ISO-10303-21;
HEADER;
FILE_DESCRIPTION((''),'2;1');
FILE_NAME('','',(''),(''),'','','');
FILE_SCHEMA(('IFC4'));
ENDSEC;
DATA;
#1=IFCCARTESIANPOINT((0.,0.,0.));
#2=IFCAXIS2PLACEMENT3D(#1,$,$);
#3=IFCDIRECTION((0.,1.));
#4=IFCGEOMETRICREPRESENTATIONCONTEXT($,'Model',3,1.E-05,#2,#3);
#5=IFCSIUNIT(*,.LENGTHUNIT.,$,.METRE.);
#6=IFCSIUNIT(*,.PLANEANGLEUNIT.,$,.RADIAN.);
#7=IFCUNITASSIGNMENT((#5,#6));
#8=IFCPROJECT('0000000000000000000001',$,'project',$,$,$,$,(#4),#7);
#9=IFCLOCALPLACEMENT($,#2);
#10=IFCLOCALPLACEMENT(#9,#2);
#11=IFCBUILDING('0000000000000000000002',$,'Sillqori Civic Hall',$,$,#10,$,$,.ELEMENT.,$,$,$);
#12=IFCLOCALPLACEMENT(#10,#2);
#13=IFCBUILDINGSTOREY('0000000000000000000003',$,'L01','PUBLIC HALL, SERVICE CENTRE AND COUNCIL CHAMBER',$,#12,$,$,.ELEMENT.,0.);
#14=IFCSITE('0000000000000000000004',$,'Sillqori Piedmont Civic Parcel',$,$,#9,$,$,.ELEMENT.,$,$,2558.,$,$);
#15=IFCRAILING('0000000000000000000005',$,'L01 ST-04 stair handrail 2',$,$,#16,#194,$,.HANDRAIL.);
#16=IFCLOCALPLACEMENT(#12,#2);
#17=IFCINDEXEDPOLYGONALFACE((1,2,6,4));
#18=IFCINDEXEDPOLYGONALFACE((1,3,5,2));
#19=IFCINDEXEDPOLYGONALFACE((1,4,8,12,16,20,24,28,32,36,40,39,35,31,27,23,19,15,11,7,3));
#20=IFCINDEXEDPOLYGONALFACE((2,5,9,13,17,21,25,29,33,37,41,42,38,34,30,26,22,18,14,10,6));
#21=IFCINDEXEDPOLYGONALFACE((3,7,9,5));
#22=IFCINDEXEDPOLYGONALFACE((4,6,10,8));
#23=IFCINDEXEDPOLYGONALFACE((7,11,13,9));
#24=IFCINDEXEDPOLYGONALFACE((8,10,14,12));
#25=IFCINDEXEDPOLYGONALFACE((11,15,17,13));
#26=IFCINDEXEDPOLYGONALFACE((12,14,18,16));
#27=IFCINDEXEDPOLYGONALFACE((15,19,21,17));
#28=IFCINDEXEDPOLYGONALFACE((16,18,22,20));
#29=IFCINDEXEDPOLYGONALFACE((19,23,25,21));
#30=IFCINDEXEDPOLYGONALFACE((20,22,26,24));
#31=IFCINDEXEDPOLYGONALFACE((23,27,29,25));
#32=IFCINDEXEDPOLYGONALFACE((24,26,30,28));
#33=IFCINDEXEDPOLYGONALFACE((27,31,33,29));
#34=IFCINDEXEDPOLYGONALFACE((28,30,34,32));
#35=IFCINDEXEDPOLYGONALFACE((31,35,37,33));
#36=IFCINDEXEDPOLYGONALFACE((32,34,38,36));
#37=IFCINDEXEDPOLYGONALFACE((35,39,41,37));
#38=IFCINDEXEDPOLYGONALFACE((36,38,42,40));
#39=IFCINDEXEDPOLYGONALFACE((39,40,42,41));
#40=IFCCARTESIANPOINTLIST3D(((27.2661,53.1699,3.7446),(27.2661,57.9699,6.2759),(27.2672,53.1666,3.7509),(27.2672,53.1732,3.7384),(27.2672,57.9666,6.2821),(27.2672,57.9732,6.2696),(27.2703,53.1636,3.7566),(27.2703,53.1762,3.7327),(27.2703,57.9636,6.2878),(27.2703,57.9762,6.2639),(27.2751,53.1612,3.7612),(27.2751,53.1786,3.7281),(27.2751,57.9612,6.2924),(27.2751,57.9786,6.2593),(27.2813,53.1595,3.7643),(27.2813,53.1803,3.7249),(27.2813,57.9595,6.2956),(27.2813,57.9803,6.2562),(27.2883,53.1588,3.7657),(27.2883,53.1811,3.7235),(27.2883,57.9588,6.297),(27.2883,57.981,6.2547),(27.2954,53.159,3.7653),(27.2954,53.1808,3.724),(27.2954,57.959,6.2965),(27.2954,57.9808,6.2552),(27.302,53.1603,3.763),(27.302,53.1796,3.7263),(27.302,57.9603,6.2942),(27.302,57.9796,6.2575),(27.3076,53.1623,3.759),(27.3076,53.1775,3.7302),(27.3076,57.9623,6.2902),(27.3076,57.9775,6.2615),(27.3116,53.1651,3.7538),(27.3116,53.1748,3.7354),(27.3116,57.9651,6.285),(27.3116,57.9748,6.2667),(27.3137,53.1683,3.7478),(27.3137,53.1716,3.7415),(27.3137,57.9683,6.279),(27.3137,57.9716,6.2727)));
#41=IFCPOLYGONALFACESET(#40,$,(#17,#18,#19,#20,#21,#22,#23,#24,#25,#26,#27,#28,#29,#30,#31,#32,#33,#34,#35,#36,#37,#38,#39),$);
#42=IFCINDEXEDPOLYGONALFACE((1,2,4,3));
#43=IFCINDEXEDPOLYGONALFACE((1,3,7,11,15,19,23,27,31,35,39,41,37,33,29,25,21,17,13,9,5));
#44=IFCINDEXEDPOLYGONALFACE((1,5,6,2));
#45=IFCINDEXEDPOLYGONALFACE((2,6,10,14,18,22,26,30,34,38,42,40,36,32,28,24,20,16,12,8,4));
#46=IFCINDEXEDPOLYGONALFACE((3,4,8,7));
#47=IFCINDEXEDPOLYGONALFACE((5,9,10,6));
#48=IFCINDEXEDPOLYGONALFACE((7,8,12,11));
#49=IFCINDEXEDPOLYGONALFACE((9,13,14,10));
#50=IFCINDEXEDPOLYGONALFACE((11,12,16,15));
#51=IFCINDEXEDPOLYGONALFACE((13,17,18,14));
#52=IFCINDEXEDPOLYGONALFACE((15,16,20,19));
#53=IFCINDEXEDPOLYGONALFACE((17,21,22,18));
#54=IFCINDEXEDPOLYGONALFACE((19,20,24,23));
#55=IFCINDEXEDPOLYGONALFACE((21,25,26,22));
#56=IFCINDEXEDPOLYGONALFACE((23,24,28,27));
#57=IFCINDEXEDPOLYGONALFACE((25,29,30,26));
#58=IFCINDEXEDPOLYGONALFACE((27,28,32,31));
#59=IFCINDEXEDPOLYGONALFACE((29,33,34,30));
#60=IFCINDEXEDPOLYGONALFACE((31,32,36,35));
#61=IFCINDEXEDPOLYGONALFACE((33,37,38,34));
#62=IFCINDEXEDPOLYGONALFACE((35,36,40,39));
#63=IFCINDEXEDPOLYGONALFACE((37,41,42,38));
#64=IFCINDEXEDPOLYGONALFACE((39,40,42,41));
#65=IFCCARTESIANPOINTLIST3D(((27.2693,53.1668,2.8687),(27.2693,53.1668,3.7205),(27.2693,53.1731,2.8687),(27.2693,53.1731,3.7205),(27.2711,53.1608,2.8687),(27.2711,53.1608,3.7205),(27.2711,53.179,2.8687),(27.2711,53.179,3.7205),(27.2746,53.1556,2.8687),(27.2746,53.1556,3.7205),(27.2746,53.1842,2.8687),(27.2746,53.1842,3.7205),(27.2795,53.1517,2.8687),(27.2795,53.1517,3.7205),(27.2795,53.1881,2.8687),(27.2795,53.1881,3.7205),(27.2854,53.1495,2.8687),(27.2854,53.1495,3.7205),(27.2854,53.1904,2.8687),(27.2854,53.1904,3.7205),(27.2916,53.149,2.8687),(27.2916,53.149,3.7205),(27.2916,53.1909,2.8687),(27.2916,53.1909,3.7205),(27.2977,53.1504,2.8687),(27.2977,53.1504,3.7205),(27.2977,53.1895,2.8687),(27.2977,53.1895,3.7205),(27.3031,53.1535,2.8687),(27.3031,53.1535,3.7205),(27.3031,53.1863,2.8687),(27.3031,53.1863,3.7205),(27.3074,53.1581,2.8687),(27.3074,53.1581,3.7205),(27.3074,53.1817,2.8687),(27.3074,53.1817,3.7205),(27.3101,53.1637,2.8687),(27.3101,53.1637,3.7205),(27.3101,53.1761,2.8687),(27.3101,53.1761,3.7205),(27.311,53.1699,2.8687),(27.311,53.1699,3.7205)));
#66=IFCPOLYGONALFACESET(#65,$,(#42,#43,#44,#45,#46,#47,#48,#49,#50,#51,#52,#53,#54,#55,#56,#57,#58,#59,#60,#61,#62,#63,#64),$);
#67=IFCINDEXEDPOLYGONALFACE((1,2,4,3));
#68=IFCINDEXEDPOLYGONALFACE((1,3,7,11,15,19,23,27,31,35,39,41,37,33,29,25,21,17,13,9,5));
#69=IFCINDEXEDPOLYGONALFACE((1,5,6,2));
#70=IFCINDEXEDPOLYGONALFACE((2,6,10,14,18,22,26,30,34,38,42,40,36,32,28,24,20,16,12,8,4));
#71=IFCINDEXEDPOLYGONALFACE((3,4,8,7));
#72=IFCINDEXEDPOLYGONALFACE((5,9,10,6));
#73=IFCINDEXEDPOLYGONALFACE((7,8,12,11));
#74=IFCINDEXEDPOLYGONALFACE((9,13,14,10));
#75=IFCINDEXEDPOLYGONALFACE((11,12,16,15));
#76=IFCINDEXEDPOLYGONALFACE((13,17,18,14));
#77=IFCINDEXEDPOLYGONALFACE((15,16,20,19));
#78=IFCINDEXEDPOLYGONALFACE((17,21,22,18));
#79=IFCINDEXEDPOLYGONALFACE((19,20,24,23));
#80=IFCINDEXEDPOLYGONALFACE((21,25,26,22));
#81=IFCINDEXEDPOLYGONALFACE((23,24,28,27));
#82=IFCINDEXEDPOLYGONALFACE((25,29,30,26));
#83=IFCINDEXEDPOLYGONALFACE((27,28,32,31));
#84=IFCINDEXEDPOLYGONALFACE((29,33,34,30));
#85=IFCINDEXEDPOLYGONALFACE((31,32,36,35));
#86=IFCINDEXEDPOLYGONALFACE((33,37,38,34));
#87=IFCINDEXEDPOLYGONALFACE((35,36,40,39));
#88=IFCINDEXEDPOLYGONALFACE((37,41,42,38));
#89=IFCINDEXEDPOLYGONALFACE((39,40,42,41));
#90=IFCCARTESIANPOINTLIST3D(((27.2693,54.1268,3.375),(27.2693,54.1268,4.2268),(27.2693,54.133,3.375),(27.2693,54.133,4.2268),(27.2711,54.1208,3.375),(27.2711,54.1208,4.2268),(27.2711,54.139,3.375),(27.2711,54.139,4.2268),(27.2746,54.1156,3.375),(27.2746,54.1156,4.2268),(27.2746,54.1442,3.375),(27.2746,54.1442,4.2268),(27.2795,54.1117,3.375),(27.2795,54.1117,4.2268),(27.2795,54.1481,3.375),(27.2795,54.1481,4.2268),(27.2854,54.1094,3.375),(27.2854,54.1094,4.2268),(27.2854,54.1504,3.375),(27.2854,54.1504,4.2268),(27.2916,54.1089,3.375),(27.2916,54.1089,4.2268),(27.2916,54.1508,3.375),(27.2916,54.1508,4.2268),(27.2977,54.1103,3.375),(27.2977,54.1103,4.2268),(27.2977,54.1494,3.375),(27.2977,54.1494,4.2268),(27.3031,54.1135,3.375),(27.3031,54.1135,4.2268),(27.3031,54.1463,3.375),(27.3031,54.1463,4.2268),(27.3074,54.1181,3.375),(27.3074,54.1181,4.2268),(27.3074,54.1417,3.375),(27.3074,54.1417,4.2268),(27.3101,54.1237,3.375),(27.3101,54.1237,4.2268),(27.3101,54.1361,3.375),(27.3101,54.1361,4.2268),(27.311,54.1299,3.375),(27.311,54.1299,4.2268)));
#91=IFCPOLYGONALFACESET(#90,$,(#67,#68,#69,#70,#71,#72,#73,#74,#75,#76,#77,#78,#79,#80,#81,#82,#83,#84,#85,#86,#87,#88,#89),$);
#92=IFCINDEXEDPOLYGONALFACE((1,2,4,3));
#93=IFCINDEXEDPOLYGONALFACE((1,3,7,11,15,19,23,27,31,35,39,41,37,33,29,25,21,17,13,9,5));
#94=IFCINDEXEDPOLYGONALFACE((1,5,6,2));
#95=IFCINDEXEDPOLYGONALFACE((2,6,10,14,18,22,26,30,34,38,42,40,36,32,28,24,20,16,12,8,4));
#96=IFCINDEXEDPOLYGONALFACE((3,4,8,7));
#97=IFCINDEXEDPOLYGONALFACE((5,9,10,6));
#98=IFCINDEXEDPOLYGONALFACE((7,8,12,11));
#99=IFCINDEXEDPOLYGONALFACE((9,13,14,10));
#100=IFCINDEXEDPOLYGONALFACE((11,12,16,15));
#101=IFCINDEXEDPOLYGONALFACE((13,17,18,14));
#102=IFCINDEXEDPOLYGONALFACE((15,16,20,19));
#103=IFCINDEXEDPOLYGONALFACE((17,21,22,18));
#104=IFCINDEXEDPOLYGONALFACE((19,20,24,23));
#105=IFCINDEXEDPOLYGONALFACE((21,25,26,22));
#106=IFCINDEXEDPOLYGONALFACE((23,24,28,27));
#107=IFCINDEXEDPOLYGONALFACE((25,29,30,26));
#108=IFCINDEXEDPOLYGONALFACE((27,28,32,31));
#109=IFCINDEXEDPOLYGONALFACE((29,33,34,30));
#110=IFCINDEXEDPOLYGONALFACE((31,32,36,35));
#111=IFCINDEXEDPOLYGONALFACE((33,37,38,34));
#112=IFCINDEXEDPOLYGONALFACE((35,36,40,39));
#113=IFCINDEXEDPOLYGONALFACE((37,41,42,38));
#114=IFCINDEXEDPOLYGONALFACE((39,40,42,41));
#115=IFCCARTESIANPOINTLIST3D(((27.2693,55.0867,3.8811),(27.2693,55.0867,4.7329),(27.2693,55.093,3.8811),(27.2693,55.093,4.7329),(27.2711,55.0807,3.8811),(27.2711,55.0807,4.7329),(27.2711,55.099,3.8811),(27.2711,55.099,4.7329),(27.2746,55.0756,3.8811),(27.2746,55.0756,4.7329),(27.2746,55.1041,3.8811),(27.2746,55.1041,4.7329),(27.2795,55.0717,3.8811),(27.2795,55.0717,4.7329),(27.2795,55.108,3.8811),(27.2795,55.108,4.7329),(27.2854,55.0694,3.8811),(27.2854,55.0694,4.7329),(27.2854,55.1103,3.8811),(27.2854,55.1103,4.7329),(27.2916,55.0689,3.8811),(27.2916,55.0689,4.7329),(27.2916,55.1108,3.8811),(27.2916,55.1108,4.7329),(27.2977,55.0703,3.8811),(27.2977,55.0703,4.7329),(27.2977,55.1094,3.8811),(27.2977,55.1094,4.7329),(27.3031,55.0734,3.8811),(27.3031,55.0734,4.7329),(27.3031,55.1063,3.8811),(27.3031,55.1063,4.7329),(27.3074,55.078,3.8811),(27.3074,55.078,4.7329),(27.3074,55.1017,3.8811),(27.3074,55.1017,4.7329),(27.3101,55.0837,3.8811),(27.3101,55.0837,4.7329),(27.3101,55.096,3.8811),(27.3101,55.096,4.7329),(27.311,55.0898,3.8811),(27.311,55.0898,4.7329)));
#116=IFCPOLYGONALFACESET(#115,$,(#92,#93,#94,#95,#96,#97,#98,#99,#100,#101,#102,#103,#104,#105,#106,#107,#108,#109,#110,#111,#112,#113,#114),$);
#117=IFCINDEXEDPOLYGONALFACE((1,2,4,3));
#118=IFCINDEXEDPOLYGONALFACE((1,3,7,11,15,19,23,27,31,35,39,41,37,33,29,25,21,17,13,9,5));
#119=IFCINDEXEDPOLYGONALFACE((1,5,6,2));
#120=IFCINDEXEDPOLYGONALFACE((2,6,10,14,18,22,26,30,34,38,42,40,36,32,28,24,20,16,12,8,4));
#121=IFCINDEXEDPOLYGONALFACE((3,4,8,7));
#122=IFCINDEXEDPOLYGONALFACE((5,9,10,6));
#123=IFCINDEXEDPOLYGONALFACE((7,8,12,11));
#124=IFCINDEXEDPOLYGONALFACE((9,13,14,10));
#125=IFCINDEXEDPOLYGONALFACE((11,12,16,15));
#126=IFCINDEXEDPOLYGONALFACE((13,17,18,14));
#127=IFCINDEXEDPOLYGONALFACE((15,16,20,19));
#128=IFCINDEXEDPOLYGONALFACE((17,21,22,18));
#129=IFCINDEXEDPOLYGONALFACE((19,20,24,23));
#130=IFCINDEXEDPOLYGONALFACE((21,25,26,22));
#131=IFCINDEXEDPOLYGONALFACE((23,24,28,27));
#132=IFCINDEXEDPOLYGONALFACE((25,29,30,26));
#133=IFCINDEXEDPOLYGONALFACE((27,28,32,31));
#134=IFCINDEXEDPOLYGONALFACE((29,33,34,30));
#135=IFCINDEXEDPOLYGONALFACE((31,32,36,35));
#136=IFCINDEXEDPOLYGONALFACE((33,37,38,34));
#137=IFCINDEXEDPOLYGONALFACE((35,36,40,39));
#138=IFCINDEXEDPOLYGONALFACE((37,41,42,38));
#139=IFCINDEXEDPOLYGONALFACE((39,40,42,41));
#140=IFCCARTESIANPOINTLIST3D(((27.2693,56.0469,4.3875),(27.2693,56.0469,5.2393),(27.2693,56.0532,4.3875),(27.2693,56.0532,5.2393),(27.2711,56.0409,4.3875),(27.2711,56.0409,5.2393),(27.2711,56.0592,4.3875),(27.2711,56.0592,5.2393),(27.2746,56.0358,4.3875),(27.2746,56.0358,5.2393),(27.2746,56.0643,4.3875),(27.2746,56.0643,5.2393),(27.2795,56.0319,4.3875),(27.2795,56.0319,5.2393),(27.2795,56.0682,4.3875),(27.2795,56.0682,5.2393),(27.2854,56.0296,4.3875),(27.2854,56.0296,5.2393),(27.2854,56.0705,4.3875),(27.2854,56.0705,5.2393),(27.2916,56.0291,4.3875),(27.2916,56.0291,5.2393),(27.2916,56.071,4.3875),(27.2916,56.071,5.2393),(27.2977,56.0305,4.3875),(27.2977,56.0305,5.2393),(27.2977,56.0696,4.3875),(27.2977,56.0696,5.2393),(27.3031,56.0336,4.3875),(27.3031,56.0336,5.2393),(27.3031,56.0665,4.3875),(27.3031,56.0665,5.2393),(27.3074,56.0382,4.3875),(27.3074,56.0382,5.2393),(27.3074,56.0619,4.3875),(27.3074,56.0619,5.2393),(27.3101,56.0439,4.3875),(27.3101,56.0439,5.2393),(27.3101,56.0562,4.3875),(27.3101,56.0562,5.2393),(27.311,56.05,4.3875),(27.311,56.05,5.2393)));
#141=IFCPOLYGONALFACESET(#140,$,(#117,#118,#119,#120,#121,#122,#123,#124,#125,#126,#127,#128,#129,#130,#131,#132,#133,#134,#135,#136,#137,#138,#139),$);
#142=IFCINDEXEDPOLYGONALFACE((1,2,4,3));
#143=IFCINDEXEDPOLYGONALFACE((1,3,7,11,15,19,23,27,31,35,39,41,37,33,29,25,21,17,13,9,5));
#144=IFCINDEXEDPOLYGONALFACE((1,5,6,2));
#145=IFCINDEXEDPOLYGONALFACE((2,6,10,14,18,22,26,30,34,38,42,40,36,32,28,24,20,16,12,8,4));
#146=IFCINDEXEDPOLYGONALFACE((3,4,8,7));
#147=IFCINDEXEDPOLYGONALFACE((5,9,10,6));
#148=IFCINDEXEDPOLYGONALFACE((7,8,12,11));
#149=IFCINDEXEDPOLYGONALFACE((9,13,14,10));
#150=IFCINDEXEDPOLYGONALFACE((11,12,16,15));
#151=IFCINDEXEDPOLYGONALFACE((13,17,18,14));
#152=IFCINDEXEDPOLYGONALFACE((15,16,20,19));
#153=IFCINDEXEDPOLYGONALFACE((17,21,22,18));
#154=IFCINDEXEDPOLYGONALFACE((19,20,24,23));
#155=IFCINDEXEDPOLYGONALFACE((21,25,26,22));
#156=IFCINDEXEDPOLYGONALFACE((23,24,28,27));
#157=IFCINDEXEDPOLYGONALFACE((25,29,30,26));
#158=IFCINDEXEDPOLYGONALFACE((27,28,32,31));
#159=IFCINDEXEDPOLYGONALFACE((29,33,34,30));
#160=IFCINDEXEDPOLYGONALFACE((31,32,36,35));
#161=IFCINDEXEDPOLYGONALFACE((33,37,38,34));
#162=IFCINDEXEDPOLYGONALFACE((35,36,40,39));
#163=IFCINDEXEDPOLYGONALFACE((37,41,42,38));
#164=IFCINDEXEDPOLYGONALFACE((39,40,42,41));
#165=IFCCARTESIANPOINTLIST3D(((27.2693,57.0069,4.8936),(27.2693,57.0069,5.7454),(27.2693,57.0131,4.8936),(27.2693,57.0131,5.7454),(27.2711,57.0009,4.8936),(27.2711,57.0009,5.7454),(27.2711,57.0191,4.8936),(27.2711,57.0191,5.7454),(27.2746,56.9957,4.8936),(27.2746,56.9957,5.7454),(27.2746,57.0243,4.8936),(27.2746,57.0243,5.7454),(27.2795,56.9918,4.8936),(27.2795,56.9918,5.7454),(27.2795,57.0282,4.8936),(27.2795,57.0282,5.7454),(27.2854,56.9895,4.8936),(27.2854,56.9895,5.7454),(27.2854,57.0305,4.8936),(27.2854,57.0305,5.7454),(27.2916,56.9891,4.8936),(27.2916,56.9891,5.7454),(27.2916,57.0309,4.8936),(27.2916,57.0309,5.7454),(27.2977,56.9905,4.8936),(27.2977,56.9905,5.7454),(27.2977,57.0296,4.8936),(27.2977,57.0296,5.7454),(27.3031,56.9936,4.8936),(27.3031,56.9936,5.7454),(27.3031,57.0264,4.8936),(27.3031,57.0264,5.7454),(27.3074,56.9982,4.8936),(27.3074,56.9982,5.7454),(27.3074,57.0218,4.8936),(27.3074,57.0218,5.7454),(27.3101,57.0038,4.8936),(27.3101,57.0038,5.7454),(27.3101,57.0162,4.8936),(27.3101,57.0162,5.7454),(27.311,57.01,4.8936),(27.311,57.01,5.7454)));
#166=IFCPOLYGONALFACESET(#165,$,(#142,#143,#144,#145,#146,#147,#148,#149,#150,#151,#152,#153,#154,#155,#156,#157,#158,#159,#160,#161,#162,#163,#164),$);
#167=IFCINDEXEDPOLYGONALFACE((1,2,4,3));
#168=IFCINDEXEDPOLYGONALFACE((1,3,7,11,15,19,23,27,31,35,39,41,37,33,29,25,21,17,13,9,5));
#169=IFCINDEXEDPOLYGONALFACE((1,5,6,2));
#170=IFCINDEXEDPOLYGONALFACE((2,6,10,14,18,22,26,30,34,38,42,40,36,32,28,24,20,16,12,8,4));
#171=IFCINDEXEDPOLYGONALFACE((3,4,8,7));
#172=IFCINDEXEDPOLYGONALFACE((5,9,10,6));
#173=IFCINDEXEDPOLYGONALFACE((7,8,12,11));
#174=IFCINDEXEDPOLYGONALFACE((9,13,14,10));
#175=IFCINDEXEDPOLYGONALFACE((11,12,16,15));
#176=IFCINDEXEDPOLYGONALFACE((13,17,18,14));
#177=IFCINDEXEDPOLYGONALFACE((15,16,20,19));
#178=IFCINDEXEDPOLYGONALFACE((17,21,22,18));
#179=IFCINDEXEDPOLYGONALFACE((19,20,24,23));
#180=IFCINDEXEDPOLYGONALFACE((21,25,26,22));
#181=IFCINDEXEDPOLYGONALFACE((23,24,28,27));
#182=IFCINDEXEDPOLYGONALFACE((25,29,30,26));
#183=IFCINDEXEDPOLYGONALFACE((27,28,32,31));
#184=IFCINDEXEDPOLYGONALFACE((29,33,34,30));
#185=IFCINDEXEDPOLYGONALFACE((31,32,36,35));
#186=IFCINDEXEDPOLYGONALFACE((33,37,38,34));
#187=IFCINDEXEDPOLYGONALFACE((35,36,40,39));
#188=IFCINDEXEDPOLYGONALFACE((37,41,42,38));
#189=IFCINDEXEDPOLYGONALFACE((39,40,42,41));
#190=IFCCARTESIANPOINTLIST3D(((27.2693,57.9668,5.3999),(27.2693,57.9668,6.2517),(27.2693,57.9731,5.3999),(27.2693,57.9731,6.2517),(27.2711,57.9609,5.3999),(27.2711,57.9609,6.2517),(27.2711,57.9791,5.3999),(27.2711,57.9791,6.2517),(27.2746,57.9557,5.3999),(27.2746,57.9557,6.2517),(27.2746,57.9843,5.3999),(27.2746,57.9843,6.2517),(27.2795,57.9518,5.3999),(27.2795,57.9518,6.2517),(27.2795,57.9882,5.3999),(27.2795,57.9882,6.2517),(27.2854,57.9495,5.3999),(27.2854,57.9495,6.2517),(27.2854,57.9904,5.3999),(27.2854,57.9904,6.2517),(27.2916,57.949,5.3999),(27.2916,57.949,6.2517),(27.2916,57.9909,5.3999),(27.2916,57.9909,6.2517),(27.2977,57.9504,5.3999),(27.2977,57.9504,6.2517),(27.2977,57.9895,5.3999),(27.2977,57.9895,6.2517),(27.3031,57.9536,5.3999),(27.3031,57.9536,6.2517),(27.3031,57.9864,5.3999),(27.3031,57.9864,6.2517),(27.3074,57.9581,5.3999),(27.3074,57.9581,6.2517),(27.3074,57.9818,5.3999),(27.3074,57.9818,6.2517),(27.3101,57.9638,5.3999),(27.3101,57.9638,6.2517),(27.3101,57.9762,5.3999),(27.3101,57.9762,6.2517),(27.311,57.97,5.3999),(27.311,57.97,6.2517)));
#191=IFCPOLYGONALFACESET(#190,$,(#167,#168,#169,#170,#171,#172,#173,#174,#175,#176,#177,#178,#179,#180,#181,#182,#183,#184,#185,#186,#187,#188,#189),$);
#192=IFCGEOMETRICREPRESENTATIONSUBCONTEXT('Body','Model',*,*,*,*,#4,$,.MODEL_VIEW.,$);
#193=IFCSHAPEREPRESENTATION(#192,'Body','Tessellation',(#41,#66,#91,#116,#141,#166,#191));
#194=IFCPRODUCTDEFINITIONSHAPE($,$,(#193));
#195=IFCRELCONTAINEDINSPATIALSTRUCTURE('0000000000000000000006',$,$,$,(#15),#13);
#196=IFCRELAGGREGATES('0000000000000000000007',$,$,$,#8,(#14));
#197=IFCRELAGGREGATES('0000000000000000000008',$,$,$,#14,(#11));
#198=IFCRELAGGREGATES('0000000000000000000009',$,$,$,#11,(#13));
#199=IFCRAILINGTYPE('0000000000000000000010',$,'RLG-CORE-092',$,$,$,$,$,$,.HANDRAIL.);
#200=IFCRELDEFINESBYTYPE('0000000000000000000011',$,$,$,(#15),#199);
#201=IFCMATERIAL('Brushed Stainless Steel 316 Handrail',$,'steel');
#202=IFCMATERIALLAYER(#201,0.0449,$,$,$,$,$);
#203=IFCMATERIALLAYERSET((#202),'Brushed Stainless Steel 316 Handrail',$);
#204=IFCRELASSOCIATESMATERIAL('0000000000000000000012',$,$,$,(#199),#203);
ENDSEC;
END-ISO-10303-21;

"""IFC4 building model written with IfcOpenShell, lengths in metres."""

from ifc_helpers import new_model, si_unit, direction, frame, origin, origin_2d, place, context, subcontext, project, spatial, circle, extrude, material, layer, layer_set, type_object, element, save


model = new_model("IFC4")

# Units and contexts
model_context = context("Model", 3, precision=1e-05, world=origin(), true_north=direction((0.0, 1.0)))
body_context = subcontext(model_context, "Body", "Model", "MODEL_VIEW")
ifc_project = project(units=[si_unit("LENGTHUNIT", "METRE"), si_unit("PLANEANGLEUNIT", "RADIAN")], contexts=[model_context])

# Site, building, storey
site_placement = place(None, origin())
site = spatial("IfcSite", under=ifc_project, at=site_placement, Name="Sillqori Piedmont Civic Parcel", CompositionType="ELEMENT", RefElevation=2558.0)
building_placement = place(site_placement, origin())
building = spatial("IfcBuilding", under=site, at=building_placement, Name="Sillqori Civic Hall", CompositionType="ELEMENT")
storey_placement = place(building_placement, origin())
storey = spatial("IfcBuildingStorey", under=building, at=storey_placement, Name="L01", Description="PUBLIC HALL, SERVICE CENTRE AND COUNCIL CHAMBER", CompositionType="ELEMENT", Elevation=0.0)

# Railing
ifc_material_1 = material(Name="Brushed Stainless Steel 316 Handrail", Category="steel")
ifc_layer_1 = layer(ifc_material_1, 0.0449)
ifc_layer_set_1 = layer_set([ifc_layer_1], Name="Brushed Stainless Steel 316 Handrail")
railing_type_1 = type_object("IfcRailingType", Name="RLG-CORE-092", PredefinedType="HANDRAIL", material=ifc_layer_set_1)
railing_1_placement = place(storey_placement, frame((27.29, 53.1699, 2.8687)))
element("IfcRailing", 1, at=railing_1_placement, inside=storey, type_object=railing_type_1, Name="L01 ST-04 stair handrail 2", PredefinedType="HANDRAIL", context=body_context, shape_type="SweptSolid", body=[
    extrude(circle(Radius=0.0239, at=origin_2d()), frame((0.0, 0.0, 0.876), z_axis=(0.0, 0.884545, 0.466455), x_axis=(-1.0, 0.0, 0.0)), (0.0, 0.0, 1.0), 5.4265),
    extrude(circle(Radius=0.021, at=origin_2d()), origin(), (0.0, 0.0, 1.0), 0.8518),
    extrude(circle(Radius=0.021, at=origin_2d()), frame((0.0, 0.96, 0.5063)), (0.0, 0.0, 1.0), 0.8518),
    extrude(circle(Radius=0.021, at=origin_2d()), frame((0.0, 1.9199, 1.0125)), (0.0, 0.0, 1.0), 0.8518),
    extrude(circle(Radius=0.021, at=origin_2d()), frame((0.0, 2.8801, 1.5188)), (0.0, 0.0, 1.0), 0.8518),
    extrude(circle(Radius=0.021, at=origin_2d()), frame((0.0, 3.8401, 2.0249)), (0.0, 0.0, 1.0), 0.8518),
    extrude(circle(Radius=0.021, at=origin_2d()), frame((0.0, 4.8, 2.5312)), (0.0, 0.0, 1.0), 0.8518),
])

save(model, "model.ifc")
